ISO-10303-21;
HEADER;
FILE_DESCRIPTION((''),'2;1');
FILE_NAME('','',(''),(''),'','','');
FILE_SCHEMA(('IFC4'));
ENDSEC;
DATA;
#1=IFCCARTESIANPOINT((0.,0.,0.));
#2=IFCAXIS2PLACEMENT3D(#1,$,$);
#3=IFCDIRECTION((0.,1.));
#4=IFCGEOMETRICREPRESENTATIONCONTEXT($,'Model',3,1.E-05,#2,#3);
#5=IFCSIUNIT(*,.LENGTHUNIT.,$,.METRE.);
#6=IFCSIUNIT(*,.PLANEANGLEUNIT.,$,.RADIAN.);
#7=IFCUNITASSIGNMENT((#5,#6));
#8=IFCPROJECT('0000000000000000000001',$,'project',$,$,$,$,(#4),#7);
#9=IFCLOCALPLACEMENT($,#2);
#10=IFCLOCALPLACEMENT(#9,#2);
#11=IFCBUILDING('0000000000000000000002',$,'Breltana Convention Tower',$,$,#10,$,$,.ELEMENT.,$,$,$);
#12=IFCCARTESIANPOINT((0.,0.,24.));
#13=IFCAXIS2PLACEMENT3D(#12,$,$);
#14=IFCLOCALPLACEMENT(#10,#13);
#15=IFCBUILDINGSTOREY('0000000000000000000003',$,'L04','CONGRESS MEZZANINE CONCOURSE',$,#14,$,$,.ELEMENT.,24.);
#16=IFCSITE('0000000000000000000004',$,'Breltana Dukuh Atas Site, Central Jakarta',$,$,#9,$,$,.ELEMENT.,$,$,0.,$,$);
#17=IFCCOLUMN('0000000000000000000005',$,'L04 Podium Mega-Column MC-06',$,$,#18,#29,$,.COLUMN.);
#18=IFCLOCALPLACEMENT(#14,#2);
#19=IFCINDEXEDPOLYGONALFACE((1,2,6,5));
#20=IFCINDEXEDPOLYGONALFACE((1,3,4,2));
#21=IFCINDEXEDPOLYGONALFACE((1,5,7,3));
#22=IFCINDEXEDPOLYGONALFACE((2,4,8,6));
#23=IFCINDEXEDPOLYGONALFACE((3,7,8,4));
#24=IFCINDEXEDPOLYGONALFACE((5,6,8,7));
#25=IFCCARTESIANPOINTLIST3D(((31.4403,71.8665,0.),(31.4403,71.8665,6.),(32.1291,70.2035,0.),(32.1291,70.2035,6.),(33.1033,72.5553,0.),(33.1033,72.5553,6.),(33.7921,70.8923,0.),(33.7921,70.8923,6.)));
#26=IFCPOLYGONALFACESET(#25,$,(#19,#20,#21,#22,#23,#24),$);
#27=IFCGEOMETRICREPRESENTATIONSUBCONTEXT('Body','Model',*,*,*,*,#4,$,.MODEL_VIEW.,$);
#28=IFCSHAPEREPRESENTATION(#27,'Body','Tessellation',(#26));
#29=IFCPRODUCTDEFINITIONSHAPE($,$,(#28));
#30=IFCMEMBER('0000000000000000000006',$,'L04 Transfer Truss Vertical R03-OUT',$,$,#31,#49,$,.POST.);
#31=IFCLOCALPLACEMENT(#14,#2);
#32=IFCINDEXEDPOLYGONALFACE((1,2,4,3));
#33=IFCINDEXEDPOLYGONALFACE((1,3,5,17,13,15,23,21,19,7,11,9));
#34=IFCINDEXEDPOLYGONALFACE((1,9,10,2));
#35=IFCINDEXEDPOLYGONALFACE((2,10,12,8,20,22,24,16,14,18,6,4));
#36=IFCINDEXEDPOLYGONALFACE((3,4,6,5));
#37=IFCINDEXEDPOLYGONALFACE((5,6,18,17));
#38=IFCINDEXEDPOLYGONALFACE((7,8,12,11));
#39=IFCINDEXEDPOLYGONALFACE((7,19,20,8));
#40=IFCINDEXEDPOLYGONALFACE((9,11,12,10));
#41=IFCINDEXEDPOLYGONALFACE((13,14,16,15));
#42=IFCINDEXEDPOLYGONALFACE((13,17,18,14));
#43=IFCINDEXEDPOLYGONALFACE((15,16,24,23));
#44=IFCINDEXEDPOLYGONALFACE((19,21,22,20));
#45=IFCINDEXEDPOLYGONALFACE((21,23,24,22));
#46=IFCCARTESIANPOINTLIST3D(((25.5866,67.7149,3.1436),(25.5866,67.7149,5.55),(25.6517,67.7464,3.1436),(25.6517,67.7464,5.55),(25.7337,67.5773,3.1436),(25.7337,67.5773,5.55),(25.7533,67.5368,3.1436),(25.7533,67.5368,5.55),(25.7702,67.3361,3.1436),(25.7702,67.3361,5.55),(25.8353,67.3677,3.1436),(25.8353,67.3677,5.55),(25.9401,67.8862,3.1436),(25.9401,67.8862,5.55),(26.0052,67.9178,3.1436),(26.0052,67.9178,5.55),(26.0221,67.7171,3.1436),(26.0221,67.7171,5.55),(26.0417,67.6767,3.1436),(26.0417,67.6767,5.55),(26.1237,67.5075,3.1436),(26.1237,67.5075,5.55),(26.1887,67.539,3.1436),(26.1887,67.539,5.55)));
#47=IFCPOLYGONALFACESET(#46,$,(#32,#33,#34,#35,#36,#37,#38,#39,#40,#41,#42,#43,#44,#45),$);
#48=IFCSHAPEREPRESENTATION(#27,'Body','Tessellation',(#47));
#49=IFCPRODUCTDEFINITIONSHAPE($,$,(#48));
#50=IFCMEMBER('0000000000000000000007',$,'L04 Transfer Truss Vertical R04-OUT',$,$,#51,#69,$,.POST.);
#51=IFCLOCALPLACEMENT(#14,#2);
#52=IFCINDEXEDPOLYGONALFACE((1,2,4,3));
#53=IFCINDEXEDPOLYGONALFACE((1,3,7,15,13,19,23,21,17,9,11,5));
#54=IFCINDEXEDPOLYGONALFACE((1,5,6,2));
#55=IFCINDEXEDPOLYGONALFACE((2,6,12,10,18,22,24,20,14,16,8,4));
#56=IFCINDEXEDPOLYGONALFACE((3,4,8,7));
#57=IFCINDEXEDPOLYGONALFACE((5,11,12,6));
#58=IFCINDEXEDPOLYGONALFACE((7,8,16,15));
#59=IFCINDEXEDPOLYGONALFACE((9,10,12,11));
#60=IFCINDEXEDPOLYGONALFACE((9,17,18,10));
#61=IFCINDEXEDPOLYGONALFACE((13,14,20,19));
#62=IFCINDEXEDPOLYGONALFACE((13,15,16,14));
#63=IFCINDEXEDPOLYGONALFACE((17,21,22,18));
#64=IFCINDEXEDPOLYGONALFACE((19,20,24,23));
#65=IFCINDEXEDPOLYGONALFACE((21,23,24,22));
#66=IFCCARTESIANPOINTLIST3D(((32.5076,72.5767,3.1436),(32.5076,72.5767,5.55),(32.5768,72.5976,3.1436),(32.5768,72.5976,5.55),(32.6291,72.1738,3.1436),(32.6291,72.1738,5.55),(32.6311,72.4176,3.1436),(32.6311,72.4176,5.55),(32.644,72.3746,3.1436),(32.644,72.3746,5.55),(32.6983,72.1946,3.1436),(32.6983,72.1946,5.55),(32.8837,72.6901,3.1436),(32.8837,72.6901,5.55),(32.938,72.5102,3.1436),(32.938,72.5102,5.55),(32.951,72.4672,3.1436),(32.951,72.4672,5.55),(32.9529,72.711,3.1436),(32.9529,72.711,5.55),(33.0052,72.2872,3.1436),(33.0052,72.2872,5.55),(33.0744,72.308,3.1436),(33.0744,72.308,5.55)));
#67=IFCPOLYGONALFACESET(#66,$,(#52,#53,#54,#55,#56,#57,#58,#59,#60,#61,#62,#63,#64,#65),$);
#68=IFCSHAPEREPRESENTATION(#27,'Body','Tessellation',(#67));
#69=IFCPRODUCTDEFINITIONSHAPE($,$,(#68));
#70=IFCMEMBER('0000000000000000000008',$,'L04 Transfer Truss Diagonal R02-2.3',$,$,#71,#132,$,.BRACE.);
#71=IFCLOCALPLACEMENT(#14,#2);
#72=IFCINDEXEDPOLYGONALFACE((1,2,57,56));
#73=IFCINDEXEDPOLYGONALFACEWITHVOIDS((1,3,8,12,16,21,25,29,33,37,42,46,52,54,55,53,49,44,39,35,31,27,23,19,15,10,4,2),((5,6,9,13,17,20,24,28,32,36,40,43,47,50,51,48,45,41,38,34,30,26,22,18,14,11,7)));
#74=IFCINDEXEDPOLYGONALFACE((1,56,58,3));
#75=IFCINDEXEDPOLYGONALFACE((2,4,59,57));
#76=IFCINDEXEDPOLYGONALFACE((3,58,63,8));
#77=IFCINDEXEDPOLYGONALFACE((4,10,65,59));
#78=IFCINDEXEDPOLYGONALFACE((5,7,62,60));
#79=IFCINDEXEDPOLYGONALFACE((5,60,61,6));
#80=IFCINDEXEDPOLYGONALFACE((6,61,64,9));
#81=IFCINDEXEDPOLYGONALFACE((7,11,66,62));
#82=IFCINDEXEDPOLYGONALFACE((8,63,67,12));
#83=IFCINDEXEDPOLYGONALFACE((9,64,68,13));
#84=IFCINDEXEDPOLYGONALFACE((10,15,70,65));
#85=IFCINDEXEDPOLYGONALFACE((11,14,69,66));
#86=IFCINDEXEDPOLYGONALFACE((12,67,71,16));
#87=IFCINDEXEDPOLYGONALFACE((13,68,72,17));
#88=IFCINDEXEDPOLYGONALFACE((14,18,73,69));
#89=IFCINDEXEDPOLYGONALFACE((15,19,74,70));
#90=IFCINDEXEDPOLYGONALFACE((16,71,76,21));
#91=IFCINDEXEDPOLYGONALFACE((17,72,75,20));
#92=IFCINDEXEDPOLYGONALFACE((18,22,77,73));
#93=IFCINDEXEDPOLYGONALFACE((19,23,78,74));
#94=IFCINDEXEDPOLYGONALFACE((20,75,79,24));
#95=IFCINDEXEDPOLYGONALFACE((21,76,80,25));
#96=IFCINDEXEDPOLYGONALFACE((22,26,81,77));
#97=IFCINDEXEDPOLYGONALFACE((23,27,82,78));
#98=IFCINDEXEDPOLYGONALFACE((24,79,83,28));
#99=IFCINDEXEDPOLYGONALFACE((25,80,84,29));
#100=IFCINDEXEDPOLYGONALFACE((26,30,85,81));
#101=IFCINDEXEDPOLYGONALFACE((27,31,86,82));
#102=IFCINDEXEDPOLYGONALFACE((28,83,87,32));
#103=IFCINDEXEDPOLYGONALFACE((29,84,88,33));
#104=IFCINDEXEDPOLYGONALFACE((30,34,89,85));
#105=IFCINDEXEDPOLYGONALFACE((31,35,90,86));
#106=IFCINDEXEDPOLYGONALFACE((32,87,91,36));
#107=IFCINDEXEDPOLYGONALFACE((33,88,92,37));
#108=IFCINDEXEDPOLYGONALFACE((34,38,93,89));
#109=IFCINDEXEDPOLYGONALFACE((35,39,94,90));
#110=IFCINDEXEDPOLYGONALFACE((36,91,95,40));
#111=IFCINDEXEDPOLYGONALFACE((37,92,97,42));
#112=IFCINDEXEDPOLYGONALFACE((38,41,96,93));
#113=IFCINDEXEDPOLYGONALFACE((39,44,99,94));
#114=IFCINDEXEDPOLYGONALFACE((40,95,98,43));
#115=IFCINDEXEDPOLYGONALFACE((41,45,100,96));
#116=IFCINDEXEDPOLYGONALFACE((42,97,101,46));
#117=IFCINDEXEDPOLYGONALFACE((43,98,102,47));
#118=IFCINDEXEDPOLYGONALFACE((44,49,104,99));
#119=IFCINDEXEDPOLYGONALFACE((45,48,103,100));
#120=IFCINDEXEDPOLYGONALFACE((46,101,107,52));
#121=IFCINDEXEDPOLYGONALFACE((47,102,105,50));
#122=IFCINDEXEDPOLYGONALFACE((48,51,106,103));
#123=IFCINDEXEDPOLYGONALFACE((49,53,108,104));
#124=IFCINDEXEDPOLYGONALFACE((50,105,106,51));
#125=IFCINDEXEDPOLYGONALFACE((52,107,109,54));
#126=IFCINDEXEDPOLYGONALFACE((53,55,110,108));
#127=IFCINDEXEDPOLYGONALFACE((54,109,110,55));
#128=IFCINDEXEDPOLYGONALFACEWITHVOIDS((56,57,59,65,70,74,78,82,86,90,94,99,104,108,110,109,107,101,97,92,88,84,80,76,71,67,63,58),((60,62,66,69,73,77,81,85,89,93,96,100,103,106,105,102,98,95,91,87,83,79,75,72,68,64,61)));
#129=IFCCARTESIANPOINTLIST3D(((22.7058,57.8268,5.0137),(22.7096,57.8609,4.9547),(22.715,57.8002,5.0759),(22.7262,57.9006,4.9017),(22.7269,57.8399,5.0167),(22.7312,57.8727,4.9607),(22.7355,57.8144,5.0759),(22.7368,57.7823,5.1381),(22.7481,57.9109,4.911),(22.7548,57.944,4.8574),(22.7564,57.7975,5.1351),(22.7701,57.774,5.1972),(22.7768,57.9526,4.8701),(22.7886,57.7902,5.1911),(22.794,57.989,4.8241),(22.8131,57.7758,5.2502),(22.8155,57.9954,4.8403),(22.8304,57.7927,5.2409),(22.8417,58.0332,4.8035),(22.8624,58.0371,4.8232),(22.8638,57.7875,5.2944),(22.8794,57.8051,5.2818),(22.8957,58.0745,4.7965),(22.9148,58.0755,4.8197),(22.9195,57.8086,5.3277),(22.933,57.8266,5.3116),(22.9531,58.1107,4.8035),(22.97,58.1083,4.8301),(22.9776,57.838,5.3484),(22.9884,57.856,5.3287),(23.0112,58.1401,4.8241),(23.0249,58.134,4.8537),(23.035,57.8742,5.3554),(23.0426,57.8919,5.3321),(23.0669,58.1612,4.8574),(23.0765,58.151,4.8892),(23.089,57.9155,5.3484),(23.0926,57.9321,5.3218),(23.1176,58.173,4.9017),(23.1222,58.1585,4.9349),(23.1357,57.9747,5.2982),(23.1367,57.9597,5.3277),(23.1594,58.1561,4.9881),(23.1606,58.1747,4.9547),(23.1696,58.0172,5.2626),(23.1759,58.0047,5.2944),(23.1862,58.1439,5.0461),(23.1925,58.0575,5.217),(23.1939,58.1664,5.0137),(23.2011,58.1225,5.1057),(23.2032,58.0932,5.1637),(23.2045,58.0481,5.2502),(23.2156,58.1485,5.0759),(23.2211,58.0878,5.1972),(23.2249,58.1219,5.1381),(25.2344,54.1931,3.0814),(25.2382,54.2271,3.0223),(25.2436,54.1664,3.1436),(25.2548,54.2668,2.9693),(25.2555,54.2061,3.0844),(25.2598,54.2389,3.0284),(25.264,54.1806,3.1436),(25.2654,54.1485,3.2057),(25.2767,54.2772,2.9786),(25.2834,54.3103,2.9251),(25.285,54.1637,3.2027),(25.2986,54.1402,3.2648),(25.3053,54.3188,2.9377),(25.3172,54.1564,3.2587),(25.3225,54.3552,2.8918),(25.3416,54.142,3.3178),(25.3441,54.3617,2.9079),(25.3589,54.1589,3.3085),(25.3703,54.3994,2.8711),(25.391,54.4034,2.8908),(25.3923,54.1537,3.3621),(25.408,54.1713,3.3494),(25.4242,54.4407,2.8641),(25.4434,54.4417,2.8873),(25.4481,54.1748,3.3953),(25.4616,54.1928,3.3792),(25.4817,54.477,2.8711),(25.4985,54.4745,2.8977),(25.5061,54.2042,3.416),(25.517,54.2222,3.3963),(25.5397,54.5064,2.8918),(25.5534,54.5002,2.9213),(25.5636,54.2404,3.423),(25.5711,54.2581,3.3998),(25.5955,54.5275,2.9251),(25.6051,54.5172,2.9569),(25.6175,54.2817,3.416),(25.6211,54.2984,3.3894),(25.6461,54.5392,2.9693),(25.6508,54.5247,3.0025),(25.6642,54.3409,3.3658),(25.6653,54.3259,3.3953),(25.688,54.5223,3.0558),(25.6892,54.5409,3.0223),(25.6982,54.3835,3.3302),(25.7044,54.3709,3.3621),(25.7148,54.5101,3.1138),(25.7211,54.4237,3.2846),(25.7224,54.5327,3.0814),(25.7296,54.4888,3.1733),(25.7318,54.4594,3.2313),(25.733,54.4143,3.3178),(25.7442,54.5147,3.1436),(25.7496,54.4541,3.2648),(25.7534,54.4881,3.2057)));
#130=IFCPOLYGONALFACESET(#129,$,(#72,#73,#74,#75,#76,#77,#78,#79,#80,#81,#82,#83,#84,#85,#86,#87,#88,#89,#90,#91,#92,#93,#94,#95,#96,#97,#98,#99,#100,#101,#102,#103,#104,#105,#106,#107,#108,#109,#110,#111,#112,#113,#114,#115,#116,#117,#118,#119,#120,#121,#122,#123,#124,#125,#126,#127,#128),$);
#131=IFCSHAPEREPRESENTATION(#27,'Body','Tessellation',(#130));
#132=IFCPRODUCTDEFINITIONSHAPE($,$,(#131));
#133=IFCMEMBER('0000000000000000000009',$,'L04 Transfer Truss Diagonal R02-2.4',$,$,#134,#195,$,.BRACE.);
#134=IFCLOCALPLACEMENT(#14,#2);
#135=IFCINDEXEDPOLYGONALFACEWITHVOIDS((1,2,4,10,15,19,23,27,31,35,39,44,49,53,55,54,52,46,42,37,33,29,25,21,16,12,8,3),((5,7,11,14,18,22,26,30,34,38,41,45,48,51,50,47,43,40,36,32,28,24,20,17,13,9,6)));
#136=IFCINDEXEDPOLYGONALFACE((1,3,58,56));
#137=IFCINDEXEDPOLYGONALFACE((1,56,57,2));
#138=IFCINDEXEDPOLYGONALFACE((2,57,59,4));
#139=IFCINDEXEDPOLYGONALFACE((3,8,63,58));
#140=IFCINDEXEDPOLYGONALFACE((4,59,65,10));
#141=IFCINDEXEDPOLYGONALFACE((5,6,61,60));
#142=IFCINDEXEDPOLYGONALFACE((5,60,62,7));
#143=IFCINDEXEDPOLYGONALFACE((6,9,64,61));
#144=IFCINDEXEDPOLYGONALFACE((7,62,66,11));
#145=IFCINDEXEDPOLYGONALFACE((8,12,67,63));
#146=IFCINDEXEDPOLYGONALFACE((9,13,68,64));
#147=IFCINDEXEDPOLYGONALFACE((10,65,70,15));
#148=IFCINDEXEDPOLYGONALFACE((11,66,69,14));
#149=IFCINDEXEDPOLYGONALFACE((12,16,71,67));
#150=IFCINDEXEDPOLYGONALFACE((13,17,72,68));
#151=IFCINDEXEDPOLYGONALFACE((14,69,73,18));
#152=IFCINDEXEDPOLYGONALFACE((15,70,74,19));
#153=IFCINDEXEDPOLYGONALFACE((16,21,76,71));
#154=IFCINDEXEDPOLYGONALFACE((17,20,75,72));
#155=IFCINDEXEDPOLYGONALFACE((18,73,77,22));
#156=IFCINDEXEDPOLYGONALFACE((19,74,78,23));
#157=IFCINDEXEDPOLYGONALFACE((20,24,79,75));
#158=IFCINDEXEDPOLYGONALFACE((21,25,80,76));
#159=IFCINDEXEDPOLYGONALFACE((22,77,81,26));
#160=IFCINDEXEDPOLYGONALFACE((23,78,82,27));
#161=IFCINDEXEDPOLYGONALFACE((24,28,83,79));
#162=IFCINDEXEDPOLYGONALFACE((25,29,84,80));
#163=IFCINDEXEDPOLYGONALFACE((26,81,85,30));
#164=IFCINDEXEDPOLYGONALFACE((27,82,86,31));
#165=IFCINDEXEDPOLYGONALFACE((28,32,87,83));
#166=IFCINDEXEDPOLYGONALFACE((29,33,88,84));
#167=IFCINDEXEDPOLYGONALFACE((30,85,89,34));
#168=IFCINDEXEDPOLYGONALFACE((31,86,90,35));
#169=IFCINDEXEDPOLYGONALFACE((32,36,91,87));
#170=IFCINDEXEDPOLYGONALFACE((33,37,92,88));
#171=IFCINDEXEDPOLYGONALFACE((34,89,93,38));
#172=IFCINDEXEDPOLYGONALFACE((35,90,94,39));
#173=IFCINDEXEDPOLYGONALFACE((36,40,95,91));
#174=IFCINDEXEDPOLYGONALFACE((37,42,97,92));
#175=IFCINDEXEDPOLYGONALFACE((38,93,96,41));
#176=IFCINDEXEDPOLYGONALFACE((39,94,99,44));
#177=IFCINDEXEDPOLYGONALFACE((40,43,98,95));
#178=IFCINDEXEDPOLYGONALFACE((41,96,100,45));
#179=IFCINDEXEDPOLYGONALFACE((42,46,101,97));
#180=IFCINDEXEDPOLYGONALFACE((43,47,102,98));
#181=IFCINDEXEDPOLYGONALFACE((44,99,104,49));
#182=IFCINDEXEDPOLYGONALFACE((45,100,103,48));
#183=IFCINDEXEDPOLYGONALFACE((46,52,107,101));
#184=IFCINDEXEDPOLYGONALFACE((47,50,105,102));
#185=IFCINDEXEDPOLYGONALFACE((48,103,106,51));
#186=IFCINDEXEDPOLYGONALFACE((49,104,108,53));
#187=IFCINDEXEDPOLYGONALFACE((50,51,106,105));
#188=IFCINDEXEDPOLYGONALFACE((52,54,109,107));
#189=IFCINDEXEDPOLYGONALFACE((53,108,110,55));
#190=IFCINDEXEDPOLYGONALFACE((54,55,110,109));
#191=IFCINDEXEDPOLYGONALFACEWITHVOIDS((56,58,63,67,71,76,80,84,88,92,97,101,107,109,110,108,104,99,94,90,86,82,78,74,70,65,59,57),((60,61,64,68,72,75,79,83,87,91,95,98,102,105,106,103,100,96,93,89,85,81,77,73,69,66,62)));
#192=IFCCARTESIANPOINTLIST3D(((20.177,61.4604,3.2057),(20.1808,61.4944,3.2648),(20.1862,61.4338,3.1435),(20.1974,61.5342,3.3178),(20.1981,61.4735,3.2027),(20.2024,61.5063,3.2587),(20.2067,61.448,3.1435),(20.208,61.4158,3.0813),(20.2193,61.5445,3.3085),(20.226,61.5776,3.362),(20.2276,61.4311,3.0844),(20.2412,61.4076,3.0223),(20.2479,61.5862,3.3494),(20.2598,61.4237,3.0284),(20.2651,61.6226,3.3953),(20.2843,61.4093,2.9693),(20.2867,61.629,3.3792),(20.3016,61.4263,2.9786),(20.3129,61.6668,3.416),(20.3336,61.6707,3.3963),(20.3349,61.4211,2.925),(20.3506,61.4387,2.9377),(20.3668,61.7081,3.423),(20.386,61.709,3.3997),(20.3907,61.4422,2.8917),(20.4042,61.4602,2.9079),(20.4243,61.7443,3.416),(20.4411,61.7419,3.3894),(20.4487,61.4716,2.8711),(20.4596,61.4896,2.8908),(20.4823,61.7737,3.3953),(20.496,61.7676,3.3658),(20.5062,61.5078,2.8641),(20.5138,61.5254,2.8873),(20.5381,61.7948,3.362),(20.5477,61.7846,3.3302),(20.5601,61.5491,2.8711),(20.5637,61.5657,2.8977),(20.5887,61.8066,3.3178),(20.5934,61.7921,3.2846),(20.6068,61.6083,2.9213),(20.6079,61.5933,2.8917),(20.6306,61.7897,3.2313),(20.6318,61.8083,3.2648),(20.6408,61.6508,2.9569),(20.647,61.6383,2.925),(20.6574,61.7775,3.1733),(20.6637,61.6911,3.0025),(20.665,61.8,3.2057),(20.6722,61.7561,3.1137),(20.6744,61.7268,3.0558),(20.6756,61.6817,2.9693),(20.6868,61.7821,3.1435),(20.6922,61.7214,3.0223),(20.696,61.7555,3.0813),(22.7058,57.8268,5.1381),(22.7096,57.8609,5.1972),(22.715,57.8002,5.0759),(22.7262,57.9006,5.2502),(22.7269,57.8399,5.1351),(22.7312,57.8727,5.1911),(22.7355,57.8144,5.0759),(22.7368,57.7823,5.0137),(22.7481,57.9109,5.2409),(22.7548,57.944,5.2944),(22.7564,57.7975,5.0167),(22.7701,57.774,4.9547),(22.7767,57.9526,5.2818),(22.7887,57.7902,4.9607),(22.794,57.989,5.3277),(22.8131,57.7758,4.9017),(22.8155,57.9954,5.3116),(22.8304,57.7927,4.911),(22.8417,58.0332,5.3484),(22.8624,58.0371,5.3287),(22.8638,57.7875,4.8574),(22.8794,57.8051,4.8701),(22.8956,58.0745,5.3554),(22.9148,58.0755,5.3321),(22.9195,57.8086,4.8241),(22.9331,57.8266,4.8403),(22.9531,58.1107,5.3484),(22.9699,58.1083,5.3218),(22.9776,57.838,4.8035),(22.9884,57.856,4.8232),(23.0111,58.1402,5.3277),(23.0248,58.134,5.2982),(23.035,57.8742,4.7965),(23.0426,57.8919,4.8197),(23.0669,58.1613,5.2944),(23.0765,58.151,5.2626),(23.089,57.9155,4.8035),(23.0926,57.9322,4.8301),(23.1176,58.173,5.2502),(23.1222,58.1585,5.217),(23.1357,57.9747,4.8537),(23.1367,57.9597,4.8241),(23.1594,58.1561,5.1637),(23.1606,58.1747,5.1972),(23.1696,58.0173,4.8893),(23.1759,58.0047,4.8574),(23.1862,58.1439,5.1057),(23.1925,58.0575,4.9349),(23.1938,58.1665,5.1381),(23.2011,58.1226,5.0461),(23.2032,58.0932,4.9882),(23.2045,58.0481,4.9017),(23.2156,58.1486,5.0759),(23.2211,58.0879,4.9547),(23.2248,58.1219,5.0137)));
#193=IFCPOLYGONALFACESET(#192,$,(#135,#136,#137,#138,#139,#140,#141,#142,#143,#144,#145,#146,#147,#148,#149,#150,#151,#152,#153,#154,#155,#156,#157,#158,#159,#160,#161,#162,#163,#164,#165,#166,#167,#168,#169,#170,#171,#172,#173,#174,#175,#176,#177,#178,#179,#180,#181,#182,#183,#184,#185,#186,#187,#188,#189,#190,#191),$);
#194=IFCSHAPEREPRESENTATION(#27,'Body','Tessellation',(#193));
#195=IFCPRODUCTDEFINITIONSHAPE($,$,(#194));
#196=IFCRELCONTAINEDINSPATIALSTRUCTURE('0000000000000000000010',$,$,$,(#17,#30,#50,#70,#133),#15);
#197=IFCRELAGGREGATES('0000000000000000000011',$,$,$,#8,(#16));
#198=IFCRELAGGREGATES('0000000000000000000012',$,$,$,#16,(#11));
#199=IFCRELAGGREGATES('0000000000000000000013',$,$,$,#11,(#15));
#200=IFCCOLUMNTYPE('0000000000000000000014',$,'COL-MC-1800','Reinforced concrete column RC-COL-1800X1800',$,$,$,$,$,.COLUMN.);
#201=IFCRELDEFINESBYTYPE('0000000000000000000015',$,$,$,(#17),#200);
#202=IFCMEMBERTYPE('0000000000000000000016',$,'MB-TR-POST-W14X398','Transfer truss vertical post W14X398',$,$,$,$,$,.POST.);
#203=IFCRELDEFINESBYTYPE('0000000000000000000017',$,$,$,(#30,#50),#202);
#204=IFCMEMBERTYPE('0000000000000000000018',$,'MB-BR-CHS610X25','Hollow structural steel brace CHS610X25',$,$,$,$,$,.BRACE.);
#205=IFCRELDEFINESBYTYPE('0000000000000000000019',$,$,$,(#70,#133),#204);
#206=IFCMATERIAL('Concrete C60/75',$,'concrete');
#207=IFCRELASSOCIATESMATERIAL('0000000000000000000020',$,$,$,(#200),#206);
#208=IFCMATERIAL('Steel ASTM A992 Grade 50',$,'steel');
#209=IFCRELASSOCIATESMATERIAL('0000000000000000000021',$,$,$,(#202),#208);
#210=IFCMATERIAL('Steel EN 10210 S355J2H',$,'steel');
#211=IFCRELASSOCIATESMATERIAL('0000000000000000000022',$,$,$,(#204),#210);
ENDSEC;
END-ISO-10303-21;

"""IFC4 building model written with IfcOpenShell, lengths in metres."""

from ifc_helpers import new_model, si_unit, direction, frame, origin, origin_2d, place, context, subcontext, project, spatial, rectangle, hollow_circle, i_section, extrude, source, transform, mapped, material, material_profile, profile_set, type_object, type_shapes, element, save


model = new_model("IFC4")

# Units and contexts
model_context = context("Model", 3, precision=1e-05, world=origin(), true_north=direction((0.0, 1.0)))
body_context = subcontext(model_context, "Body", "Model", "MODEL_VIEW")
ifc_project = project(units=[si_unit("LENGTHUNIT", "METRE"), si_unit("PLANEANGLEUNIT", "RADIAN")], contexts=[model_context])

# Site, building, storey
site_placement = place(None, origin())
site = spatial("IfcSite", under=ifc_project, at=site_placement, Name="Breltana Dukuh Atas Site, Central Jakarta", CompositionType="ELEMENT", RefElevation=0.0)
building_placement = place(site_placement, origin())
building = spatial("IfcBuilding", under=site, at=building_placement, Name="Breltana Convention Tower", CompositionType="ELEMENT")
storey_placement = place(building_placement, frame((0.0, 0.0, 24.0)))
storey = spatial("IfcBuildingStorey", under=building, at=storey_placement, Name="L04", Description="CONGRESS MEZZANINE CONCOURSE", CompositionType="ELEMENT", Elevation=24.0)

# Column
ifc_material_1 = material(Name="Concrete C60/75", Category="concrete")
ifc_material_profile_1 = material_profile(ifc_material_1, rectangle(XDim=1.8, YDim=1.8, at=origin_2d()), Name="RC-COL-1800X1800")
ifc_profile_set_1 = profile_set([ifc_material_profile_1], Name="Concrete C60/75")
column_type = type_object("IfcColumnType", Name="COL-MC-1800", Description="Reinforced concrete column RC-COL-1800X1800", PredefinedType="COLUMN", material=ifc_profile_set_1)
shared_shape_1 = source(origin(), body_context, "Body", "SweptSolid", [
    extrude(rectangle(XDim=1.8, YDim=1.8, at=origin_2d()), origin(), (0.0, 0.0, 1.0), 6.0),
])
type_shapes(column_type, [shared_shape_1])
column_placement = place(storey_placement, frame((32.6162, 71.3794, 0.0), z_axis=(0.0, 0.0, 1.0), x_axis=(-0.382683, 0.92388, 0.0)))
element("IfcColumn", 1, at=column_placement, inside=storey, type_object=column_type, Name="L04 Podium Mega-Column MC-06", PredefinedType="COLUMN", context=body_context, shape_type="MappedRepresentation", body=[
    mapped(shared_shape_1, transform((0.0, 0.0, 0.0), scale=1.0)),
])

# Members
ifc_material_2 = material(Name="Steel ASTM A992 Grade 50", Category="steel")
ifc_material_profile_2 = material_profile(ifc_material_2, i_section(OverallWidth=0.4209, OverallDepth=0.4651, WebThickness=0.0449, FlangeThickness=0.0723, at=origin_2d()), Name="W14X398")
ifc_profile_set_2 = profile_set([ifc_material_profile_2], Name="Steel ASTM A992 Grade 50")
member_type_1 = type_object("IfcMemberType", Name="MB-TR-POST-W14X398", Description="Transfer truss vertical post W14X398", PredefinedType="POST", material=ifc_profile_set_2)
shared_shape_2 = source(origin(), body_context, "Body", "SweptSolid", [
    extrude(i_section(OverallWidth=0.4209, OverallDepth=0.4651, WebThickness=0.0449, FlangeThickness=0.0723, at=origin_2d()), origin(), (0.0, 0.0, 1.0), 2.4065),
])
type_shapes(member_type_1, [shared_shape_2])
for number, where, z_axis, x_axis, name in (
    (2, (25.8877, 67.627, 3.1436), (0.0, 0.0, 1.0), (-0.436174, 0.899863, 0.0), "L04 Transfer Truss Vertical R03-OUT"),
    (3, (32.791, 72.4424, 3.1436), (0.0, 0.0, 1.0), (-0.288698, 0.95742, 0.0), "L04 Transfer Truss Vertical R04-OUT"),
):
    element("IfcMember", number, at=place(storey_placement, frame(where, z_axis=z_axis, x_axis=x_axis)), inside=storey, type_object=member_type_1, Name=name, PredefinedType="POST", context=body_context, shape_type="MappedRepresentation", body=[
        mapped(shared_shape_2, transform((0.0, 0.0, 0.0), scale=1.0)),
    ])
ifc_material_3 = material(Name="Steel EN 10210 S355J2H", Category="steel")
ifc_material_profile_3 = material_profile(ifc_material_3, hollow_circle(Radius=0.3049, WallThickness=0.0249, at=origin_2d()), Name="CHS610X25")
ifc_profile_set_3 = profile_set([ifc_material_profile_3], Name="Steel EN 10210 S355J2H")
member_type_2 = type_object("IfcMemberType", Name="MB-BR-CHS610X25", Description="Hollow structural steel brace CHS610X25", PredefinedType="BRACE", material=ifc_profile_set_3)
shared_shape_3 = source(origin(), body_context, "Body", "SweptSolid", [
    extrude(hollow_circle(Radius=0.3049, WallThickness=0.0249, at=origin_2d()), origin(), (0.0, 0.0, 1.0), 4.8303),
])
for number, where, z_axis, x_axis, name in (
    (4, (25.4939, 54.3406, 3.1436), (-0.523476, 0.752285, 0.40005), (-0.82083, -0.571173, 0.0), "L04 Transfer Truss Diagonal R02-2.3"),
    (5, (22.9653, 57.9744, 5.0759), (-0.523533, 0.752243, -0.400054), (-0.820786, -0.571236, 0.0), "L04 Transfer Truss Diagonal R02-2.4"),
):
    element("IfcMember", number, at=place(storey_placement, frame(where, z_axis=z_axis, x_axis=x_axis)), inside=storey, type_object=member_type_2, Name=name, PredefinedType="BRACE", context=body_context, shape_type="MappedRepresentation", body=[
        mapped(shared_shape_3, transform((0.0, 0.0, 0.0), scale=1.0)),
    ])

save(model, "model.ifc")
